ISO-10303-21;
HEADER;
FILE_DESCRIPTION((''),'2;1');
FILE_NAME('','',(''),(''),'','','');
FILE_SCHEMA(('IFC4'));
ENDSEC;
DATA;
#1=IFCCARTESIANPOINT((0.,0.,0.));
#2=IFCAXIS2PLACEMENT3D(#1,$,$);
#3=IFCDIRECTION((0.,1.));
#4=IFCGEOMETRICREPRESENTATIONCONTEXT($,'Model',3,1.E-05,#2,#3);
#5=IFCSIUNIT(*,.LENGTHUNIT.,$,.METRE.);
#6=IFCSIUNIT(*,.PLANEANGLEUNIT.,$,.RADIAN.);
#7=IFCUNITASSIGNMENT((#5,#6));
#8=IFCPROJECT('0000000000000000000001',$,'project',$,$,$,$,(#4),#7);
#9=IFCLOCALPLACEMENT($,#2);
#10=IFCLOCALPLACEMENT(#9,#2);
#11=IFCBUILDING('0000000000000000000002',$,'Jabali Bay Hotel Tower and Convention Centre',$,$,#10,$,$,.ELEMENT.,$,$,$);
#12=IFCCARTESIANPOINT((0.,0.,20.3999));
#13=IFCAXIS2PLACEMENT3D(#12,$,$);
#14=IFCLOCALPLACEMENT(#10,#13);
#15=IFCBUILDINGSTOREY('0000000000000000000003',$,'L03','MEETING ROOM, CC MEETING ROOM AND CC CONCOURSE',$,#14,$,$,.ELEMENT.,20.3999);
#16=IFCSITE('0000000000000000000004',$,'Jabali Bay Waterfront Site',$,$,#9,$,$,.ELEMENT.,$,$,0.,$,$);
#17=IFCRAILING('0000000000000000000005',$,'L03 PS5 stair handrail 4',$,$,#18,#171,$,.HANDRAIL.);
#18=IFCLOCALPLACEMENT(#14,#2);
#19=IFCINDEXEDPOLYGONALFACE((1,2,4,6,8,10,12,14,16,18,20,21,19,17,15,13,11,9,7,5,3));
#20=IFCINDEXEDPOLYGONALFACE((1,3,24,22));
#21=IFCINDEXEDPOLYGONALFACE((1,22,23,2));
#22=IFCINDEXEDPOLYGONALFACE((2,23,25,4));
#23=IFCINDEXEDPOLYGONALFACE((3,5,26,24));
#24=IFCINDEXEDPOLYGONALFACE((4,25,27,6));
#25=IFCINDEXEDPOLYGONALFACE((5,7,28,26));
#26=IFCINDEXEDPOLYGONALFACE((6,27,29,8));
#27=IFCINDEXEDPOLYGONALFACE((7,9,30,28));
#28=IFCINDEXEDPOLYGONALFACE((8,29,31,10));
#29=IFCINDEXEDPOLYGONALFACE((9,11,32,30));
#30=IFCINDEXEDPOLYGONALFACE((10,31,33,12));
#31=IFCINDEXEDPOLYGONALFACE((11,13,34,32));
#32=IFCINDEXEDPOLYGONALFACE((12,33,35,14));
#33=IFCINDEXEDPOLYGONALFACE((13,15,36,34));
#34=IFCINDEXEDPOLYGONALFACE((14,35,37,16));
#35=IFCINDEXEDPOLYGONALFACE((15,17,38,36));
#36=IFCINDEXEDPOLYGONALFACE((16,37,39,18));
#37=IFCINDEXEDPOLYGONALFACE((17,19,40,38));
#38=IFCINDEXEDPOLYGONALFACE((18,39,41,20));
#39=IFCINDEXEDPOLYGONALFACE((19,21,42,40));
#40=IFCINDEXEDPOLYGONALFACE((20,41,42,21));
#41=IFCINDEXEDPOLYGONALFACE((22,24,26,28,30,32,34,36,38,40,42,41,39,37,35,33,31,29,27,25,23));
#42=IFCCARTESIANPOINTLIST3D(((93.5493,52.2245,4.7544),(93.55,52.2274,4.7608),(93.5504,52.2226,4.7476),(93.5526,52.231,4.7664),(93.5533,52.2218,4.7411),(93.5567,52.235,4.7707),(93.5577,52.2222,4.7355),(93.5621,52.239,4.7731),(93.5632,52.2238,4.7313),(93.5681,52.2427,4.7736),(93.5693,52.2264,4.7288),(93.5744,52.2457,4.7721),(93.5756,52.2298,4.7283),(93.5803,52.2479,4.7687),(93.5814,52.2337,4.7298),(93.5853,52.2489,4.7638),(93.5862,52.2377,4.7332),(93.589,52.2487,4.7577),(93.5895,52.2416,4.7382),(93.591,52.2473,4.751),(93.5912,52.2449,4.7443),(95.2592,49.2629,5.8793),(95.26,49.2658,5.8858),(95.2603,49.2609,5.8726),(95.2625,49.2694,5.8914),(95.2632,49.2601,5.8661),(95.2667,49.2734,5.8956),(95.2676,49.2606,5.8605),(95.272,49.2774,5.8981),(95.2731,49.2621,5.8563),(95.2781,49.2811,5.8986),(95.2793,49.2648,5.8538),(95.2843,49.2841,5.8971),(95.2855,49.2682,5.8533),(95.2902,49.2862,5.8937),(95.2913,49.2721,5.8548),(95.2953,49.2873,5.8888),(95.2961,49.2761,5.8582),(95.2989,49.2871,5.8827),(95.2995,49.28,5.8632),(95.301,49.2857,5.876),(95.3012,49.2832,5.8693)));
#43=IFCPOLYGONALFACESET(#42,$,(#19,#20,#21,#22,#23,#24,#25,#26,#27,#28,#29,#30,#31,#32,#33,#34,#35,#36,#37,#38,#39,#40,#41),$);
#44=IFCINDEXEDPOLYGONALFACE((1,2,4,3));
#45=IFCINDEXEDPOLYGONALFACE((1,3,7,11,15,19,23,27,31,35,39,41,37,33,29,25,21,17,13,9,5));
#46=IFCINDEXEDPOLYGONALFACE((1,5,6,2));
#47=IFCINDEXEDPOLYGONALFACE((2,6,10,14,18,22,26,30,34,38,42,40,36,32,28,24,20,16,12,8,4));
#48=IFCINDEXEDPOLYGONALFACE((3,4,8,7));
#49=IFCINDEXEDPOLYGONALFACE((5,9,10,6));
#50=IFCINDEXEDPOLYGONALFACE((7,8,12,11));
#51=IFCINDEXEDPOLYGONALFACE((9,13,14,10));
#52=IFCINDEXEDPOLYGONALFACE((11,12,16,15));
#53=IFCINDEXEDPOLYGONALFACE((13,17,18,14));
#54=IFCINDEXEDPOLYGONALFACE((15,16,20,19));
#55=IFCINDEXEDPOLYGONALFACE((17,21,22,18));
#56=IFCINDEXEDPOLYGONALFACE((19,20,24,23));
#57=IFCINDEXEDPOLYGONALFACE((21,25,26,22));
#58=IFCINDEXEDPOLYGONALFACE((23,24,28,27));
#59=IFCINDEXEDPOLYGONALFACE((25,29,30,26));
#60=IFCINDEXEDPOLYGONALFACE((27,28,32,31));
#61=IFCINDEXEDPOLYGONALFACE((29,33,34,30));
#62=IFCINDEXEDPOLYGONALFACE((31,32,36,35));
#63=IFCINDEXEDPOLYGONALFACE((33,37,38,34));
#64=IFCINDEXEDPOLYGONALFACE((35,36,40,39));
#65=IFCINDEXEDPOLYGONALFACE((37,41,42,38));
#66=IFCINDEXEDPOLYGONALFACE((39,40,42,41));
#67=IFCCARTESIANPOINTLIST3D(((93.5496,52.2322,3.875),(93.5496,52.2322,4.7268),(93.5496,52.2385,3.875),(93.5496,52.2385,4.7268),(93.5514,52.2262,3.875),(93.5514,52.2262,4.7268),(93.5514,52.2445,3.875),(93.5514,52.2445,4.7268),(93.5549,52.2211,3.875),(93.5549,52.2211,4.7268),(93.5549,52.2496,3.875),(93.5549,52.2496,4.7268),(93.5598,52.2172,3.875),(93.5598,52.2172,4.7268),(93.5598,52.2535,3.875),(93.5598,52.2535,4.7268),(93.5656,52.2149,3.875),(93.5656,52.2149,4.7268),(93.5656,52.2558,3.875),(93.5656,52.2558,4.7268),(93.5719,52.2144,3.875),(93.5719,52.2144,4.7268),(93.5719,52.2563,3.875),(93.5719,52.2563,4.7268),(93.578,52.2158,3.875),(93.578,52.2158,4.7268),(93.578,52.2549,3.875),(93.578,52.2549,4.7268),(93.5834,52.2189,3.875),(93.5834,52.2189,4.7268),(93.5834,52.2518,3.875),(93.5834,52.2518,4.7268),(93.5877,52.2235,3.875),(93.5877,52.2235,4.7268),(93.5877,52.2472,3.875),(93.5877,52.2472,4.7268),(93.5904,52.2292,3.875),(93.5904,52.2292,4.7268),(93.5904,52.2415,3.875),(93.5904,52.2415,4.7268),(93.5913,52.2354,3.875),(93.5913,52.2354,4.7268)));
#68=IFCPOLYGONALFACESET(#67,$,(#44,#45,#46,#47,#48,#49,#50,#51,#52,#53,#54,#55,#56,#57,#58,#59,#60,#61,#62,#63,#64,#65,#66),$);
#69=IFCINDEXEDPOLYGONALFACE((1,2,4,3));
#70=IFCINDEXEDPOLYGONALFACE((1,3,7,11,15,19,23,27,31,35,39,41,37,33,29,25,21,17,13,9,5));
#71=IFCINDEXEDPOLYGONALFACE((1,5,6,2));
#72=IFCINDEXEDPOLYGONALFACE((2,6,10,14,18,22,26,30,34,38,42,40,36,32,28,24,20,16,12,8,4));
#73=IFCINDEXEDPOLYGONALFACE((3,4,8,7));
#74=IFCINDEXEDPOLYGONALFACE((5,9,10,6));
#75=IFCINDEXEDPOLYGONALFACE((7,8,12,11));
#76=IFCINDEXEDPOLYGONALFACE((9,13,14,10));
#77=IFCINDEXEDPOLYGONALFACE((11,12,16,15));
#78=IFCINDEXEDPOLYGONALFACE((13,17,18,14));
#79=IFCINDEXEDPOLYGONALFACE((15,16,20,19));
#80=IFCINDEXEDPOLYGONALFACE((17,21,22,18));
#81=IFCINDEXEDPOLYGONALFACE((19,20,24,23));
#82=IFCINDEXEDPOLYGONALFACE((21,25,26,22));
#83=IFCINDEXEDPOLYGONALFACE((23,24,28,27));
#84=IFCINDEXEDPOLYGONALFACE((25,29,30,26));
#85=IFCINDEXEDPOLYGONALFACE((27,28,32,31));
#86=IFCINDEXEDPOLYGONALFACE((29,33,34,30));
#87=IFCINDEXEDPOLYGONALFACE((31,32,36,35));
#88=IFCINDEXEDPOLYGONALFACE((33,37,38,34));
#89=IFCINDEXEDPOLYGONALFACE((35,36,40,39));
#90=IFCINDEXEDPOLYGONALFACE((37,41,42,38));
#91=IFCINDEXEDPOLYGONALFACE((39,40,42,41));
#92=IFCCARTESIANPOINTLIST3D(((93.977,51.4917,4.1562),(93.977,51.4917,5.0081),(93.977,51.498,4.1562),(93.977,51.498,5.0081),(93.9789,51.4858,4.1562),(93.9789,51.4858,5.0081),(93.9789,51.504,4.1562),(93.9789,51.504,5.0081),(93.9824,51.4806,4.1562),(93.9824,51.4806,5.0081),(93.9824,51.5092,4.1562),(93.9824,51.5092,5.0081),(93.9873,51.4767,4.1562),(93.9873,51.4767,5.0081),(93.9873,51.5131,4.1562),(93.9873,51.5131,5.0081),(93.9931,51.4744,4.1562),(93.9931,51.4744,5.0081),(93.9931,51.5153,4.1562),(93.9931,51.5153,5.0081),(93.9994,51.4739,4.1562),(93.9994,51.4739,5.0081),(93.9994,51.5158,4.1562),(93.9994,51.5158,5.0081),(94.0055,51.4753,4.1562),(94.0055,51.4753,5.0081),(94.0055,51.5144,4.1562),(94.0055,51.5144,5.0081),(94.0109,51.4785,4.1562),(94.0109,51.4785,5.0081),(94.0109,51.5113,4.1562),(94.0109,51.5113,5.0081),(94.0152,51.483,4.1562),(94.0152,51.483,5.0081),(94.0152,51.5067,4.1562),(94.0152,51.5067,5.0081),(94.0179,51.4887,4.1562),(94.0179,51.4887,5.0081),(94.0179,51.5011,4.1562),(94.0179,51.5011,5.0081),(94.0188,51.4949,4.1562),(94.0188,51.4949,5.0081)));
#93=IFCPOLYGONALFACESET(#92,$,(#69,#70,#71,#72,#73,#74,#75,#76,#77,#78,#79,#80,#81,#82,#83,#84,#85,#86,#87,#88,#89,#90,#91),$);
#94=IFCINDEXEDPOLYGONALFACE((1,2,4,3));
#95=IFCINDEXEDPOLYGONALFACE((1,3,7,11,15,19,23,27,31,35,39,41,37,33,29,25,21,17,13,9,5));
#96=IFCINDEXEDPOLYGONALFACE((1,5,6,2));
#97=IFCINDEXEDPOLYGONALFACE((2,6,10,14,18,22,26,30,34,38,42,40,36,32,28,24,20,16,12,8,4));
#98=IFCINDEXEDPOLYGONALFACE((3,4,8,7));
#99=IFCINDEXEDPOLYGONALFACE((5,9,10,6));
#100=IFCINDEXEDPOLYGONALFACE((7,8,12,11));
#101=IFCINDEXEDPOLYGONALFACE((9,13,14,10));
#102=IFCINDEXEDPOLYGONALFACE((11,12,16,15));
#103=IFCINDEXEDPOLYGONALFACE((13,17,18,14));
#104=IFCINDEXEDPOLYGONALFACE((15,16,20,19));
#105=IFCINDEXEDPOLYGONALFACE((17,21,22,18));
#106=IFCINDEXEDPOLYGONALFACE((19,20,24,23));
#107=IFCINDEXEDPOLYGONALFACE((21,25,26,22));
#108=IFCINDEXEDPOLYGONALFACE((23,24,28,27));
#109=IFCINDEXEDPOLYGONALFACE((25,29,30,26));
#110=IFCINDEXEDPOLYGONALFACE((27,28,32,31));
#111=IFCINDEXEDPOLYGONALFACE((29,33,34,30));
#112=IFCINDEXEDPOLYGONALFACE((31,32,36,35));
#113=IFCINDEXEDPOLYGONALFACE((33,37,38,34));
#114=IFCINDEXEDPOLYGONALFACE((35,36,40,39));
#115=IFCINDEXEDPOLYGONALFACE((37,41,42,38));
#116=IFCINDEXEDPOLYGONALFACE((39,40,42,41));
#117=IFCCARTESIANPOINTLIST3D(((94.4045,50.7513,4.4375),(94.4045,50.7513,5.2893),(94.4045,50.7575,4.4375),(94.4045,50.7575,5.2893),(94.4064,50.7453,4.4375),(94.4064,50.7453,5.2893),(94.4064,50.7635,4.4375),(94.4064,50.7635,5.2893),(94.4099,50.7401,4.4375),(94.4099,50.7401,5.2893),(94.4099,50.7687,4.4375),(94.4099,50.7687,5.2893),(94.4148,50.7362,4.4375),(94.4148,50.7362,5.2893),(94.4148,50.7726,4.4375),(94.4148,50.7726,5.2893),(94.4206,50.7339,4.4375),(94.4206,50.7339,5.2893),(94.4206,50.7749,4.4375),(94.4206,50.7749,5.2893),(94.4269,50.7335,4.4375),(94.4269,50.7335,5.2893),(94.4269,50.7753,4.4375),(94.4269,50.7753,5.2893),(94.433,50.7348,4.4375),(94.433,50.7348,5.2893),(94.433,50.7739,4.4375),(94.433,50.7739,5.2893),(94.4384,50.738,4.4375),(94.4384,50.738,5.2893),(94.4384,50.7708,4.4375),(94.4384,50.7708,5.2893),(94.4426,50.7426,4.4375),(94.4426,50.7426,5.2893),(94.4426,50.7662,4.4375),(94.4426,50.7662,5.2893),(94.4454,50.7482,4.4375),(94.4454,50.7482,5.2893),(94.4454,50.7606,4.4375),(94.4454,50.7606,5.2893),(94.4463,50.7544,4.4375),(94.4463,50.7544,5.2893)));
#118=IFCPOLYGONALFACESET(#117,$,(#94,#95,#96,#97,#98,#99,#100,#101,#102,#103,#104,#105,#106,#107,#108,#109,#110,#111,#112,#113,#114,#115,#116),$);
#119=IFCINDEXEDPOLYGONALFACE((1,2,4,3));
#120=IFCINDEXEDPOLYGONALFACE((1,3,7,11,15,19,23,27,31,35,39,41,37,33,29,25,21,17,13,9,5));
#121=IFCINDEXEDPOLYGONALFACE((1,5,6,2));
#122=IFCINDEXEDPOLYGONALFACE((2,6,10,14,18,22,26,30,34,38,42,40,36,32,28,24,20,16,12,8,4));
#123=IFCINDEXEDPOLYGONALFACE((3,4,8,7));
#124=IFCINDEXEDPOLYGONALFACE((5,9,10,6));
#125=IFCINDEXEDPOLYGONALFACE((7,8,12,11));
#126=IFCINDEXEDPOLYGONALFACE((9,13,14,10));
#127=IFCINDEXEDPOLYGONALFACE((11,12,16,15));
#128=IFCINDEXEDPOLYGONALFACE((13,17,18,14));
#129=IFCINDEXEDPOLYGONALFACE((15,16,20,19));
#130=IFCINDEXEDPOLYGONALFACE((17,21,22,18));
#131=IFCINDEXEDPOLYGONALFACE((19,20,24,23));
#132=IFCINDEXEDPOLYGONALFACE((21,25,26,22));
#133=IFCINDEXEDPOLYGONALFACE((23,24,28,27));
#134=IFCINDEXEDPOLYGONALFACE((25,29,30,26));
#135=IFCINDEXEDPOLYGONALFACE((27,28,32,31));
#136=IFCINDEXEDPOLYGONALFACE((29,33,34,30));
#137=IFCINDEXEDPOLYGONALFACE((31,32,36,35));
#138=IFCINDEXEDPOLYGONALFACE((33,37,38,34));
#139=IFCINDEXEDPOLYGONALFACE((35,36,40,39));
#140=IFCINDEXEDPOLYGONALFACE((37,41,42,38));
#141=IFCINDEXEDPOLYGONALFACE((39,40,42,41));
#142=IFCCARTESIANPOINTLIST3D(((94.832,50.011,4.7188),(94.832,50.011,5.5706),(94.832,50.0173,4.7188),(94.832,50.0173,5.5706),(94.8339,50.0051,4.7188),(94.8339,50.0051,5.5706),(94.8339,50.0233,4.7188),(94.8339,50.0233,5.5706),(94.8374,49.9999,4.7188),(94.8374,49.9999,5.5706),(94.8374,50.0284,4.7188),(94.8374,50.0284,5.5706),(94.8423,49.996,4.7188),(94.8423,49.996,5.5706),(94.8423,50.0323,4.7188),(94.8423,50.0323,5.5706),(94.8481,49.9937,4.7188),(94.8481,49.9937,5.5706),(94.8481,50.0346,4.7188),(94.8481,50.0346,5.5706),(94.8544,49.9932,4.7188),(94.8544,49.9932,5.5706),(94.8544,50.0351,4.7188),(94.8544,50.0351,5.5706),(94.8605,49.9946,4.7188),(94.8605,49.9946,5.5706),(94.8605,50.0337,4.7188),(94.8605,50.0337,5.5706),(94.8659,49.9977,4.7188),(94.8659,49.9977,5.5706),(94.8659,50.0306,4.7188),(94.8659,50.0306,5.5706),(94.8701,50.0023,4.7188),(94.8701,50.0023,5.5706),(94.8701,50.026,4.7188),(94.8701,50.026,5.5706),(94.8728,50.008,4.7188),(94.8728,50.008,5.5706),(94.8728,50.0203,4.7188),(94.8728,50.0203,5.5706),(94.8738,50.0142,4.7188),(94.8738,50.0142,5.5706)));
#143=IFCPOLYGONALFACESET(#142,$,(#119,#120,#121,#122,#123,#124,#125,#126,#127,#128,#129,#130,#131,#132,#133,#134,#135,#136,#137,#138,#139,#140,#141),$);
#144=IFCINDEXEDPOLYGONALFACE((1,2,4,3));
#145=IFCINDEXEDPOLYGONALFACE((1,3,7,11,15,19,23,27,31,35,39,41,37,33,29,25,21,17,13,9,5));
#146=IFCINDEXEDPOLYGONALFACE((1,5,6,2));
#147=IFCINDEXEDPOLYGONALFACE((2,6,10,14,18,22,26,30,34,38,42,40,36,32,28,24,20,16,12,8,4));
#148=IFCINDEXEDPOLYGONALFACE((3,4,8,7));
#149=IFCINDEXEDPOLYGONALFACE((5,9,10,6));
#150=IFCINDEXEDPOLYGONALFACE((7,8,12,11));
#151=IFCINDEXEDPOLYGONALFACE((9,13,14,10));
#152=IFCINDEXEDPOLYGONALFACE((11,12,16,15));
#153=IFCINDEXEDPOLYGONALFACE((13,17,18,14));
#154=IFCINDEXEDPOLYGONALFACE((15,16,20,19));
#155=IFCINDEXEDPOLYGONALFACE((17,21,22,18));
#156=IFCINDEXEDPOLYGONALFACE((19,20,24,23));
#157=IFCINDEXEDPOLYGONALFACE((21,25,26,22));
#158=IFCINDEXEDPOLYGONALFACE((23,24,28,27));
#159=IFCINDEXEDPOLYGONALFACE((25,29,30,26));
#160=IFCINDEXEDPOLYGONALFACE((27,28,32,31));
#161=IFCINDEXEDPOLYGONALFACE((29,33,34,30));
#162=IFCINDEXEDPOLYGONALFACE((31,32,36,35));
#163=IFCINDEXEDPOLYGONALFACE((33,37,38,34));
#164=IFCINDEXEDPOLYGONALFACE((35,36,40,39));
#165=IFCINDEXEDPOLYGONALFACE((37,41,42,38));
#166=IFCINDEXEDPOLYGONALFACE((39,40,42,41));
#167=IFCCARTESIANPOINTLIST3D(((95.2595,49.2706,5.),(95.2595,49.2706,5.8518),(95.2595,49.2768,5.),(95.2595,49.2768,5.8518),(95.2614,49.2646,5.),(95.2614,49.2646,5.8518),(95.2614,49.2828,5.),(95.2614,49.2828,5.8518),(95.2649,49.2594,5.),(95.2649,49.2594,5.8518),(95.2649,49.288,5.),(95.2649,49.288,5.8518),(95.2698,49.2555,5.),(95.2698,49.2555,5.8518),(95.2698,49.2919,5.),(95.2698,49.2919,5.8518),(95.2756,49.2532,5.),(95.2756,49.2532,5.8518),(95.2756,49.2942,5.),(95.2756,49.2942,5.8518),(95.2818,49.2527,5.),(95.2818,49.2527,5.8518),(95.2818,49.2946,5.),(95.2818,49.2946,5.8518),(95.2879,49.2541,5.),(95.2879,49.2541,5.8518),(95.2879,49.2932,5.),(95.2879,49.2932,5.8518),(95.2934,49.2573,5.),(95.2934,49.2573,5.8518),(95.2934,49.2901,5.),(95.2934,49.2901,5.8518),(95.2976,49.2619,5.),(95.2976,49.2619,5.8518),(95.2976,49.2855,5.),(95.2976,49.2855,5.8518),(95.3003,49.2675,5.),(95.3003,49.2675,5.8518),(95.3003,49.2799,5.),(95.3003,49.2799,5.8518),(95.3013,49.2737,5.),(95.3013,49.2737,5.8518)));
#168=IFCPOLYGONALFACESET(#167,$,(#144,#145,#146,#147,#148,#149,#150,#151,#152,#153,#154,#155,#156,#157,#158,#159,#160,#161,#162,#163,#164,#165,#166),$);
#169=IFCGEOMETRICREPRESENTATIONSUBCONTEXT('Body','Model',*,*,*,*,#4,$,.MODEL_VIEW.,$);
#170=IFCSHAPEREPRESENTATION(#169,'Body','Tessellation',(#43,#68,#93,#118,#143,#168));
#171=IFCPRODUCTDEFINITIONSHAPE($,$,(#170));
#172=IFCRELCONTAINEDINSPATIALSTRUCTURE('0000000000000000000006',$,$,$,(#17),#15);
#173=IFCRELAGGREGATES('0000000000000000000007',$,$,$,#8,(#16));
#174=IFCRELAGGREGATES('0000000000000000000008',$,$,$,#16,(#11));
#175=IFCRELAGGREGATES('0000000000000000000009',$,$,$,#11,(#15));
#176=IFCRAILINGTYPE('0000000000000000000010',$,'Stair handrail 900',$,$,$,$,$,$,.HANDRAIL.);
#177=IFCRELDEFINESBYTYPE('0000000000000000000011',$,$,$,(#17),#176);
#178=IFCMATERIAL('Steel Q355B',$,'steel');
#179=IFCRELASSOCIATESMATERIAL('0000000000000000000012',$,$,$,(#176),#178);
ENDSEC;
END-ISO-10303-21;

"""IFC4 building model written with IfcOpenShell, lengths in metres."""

from ifc_helpers import new_model, si_unit, direction, frame, origin, origin_2d, place, context, subcontext, project, spatial, circle, extrude, material, type_object, element, save


model = new_model("IFC4")

# Units and contexts
model_context = context("Model", 3, precision=1e-05, world=origin(), true_north=direction((0.0, 1.0)))
body_context = subcontext(model_context, "Body", "Model", "MODEL_VIEW")
ifc_project = project(units=[si_unit("LENGTHUNIT", "METRE"), si_unit("PLANEANGLEUNIT", "RADIAN")], contexts=[model_context])

# Site, building, storey
site_placement = place(None, origin())
site = spatial("IfcSite", under=ifc_project, at=site_placement, Name="Jabali Bay Waterfront Site", CompositionType="ELEMENT", RefElevation=0.0)
building_placement = place(site_placement, origin())
building = spatial("IfcBuilding", under=site, at=building_placement, Name="Jabali Bay Hotel Tower and Convention Centre", CompositionType="ELEMENT")
storey_placement = place(building_placement, frame((0.0, 0.0, 20.3999)))
storey = spatial("IfcBuildingStorey", under=building, at=storey_placement, Name="L03", Description="MEETING ROOM, CC MEETING ROOM AND CC CONCOURSE", CompositionType="ELEMENT", Elevation=20.3999)

# Railing
ifc_material_1 = material(Name="Steel Q355B", Category="steel")
railing_type_1 = type_object("IfcRailingType", Name="Stair handrail 900", PredefinedType="HANDRAIL", material=ifc_material_1)
railing_1_placement = place(storey_placement, frame((93.5703, 52.2354, 3.875)))
element("IfcRailing", 1, at=railing_1_placement, inside=storey, type_object=railing_type_1, Name="L03 PS5 stair handrail 4", PredefinedType="HANDRAIL", context=body_context, shape_type="SweptSolid", body=[
    extrude(circle(Radius=0.0239, at=origin_2d()), frame((0.0, 0.0, 0.876), z_axis=(0.474969, -0.822652, 0.312487), x_axis=(0.86602, 0.500009, 0.0)), (0.0, 0.0, 1.0), 3.6001),
    extrude(circle(Radius=0.021, at=origin_2d()), origin(), (0.0, 0.0, 1.0), 0.8518),
    extrude(circle(Radius=0.021, at=origin_2d()), frame((0.4275, -0.7405, 0.2812)), (0.0, 0.0, 1.0), 0.8518),
    extrude(circle(Radius=0.021, at=origin_2d()), frame((0.855, -1.481, 0.5625)), (0.0, 0.0, 1.0), 0.8518),
    extrude(circle(Radius=0.021, at=origin_2d()), frame((1.2825, -2.2212, 0.8438)), (0.0, 0.0, 1.0), 0.8518),
    extrude(circle(Radius=0.021, at=origin_2d()), frame((1.71, -2.9617, 1.125)), (0.0, 0.0, 1.0), 0.8518),
])

save(model, "model.ifc")
